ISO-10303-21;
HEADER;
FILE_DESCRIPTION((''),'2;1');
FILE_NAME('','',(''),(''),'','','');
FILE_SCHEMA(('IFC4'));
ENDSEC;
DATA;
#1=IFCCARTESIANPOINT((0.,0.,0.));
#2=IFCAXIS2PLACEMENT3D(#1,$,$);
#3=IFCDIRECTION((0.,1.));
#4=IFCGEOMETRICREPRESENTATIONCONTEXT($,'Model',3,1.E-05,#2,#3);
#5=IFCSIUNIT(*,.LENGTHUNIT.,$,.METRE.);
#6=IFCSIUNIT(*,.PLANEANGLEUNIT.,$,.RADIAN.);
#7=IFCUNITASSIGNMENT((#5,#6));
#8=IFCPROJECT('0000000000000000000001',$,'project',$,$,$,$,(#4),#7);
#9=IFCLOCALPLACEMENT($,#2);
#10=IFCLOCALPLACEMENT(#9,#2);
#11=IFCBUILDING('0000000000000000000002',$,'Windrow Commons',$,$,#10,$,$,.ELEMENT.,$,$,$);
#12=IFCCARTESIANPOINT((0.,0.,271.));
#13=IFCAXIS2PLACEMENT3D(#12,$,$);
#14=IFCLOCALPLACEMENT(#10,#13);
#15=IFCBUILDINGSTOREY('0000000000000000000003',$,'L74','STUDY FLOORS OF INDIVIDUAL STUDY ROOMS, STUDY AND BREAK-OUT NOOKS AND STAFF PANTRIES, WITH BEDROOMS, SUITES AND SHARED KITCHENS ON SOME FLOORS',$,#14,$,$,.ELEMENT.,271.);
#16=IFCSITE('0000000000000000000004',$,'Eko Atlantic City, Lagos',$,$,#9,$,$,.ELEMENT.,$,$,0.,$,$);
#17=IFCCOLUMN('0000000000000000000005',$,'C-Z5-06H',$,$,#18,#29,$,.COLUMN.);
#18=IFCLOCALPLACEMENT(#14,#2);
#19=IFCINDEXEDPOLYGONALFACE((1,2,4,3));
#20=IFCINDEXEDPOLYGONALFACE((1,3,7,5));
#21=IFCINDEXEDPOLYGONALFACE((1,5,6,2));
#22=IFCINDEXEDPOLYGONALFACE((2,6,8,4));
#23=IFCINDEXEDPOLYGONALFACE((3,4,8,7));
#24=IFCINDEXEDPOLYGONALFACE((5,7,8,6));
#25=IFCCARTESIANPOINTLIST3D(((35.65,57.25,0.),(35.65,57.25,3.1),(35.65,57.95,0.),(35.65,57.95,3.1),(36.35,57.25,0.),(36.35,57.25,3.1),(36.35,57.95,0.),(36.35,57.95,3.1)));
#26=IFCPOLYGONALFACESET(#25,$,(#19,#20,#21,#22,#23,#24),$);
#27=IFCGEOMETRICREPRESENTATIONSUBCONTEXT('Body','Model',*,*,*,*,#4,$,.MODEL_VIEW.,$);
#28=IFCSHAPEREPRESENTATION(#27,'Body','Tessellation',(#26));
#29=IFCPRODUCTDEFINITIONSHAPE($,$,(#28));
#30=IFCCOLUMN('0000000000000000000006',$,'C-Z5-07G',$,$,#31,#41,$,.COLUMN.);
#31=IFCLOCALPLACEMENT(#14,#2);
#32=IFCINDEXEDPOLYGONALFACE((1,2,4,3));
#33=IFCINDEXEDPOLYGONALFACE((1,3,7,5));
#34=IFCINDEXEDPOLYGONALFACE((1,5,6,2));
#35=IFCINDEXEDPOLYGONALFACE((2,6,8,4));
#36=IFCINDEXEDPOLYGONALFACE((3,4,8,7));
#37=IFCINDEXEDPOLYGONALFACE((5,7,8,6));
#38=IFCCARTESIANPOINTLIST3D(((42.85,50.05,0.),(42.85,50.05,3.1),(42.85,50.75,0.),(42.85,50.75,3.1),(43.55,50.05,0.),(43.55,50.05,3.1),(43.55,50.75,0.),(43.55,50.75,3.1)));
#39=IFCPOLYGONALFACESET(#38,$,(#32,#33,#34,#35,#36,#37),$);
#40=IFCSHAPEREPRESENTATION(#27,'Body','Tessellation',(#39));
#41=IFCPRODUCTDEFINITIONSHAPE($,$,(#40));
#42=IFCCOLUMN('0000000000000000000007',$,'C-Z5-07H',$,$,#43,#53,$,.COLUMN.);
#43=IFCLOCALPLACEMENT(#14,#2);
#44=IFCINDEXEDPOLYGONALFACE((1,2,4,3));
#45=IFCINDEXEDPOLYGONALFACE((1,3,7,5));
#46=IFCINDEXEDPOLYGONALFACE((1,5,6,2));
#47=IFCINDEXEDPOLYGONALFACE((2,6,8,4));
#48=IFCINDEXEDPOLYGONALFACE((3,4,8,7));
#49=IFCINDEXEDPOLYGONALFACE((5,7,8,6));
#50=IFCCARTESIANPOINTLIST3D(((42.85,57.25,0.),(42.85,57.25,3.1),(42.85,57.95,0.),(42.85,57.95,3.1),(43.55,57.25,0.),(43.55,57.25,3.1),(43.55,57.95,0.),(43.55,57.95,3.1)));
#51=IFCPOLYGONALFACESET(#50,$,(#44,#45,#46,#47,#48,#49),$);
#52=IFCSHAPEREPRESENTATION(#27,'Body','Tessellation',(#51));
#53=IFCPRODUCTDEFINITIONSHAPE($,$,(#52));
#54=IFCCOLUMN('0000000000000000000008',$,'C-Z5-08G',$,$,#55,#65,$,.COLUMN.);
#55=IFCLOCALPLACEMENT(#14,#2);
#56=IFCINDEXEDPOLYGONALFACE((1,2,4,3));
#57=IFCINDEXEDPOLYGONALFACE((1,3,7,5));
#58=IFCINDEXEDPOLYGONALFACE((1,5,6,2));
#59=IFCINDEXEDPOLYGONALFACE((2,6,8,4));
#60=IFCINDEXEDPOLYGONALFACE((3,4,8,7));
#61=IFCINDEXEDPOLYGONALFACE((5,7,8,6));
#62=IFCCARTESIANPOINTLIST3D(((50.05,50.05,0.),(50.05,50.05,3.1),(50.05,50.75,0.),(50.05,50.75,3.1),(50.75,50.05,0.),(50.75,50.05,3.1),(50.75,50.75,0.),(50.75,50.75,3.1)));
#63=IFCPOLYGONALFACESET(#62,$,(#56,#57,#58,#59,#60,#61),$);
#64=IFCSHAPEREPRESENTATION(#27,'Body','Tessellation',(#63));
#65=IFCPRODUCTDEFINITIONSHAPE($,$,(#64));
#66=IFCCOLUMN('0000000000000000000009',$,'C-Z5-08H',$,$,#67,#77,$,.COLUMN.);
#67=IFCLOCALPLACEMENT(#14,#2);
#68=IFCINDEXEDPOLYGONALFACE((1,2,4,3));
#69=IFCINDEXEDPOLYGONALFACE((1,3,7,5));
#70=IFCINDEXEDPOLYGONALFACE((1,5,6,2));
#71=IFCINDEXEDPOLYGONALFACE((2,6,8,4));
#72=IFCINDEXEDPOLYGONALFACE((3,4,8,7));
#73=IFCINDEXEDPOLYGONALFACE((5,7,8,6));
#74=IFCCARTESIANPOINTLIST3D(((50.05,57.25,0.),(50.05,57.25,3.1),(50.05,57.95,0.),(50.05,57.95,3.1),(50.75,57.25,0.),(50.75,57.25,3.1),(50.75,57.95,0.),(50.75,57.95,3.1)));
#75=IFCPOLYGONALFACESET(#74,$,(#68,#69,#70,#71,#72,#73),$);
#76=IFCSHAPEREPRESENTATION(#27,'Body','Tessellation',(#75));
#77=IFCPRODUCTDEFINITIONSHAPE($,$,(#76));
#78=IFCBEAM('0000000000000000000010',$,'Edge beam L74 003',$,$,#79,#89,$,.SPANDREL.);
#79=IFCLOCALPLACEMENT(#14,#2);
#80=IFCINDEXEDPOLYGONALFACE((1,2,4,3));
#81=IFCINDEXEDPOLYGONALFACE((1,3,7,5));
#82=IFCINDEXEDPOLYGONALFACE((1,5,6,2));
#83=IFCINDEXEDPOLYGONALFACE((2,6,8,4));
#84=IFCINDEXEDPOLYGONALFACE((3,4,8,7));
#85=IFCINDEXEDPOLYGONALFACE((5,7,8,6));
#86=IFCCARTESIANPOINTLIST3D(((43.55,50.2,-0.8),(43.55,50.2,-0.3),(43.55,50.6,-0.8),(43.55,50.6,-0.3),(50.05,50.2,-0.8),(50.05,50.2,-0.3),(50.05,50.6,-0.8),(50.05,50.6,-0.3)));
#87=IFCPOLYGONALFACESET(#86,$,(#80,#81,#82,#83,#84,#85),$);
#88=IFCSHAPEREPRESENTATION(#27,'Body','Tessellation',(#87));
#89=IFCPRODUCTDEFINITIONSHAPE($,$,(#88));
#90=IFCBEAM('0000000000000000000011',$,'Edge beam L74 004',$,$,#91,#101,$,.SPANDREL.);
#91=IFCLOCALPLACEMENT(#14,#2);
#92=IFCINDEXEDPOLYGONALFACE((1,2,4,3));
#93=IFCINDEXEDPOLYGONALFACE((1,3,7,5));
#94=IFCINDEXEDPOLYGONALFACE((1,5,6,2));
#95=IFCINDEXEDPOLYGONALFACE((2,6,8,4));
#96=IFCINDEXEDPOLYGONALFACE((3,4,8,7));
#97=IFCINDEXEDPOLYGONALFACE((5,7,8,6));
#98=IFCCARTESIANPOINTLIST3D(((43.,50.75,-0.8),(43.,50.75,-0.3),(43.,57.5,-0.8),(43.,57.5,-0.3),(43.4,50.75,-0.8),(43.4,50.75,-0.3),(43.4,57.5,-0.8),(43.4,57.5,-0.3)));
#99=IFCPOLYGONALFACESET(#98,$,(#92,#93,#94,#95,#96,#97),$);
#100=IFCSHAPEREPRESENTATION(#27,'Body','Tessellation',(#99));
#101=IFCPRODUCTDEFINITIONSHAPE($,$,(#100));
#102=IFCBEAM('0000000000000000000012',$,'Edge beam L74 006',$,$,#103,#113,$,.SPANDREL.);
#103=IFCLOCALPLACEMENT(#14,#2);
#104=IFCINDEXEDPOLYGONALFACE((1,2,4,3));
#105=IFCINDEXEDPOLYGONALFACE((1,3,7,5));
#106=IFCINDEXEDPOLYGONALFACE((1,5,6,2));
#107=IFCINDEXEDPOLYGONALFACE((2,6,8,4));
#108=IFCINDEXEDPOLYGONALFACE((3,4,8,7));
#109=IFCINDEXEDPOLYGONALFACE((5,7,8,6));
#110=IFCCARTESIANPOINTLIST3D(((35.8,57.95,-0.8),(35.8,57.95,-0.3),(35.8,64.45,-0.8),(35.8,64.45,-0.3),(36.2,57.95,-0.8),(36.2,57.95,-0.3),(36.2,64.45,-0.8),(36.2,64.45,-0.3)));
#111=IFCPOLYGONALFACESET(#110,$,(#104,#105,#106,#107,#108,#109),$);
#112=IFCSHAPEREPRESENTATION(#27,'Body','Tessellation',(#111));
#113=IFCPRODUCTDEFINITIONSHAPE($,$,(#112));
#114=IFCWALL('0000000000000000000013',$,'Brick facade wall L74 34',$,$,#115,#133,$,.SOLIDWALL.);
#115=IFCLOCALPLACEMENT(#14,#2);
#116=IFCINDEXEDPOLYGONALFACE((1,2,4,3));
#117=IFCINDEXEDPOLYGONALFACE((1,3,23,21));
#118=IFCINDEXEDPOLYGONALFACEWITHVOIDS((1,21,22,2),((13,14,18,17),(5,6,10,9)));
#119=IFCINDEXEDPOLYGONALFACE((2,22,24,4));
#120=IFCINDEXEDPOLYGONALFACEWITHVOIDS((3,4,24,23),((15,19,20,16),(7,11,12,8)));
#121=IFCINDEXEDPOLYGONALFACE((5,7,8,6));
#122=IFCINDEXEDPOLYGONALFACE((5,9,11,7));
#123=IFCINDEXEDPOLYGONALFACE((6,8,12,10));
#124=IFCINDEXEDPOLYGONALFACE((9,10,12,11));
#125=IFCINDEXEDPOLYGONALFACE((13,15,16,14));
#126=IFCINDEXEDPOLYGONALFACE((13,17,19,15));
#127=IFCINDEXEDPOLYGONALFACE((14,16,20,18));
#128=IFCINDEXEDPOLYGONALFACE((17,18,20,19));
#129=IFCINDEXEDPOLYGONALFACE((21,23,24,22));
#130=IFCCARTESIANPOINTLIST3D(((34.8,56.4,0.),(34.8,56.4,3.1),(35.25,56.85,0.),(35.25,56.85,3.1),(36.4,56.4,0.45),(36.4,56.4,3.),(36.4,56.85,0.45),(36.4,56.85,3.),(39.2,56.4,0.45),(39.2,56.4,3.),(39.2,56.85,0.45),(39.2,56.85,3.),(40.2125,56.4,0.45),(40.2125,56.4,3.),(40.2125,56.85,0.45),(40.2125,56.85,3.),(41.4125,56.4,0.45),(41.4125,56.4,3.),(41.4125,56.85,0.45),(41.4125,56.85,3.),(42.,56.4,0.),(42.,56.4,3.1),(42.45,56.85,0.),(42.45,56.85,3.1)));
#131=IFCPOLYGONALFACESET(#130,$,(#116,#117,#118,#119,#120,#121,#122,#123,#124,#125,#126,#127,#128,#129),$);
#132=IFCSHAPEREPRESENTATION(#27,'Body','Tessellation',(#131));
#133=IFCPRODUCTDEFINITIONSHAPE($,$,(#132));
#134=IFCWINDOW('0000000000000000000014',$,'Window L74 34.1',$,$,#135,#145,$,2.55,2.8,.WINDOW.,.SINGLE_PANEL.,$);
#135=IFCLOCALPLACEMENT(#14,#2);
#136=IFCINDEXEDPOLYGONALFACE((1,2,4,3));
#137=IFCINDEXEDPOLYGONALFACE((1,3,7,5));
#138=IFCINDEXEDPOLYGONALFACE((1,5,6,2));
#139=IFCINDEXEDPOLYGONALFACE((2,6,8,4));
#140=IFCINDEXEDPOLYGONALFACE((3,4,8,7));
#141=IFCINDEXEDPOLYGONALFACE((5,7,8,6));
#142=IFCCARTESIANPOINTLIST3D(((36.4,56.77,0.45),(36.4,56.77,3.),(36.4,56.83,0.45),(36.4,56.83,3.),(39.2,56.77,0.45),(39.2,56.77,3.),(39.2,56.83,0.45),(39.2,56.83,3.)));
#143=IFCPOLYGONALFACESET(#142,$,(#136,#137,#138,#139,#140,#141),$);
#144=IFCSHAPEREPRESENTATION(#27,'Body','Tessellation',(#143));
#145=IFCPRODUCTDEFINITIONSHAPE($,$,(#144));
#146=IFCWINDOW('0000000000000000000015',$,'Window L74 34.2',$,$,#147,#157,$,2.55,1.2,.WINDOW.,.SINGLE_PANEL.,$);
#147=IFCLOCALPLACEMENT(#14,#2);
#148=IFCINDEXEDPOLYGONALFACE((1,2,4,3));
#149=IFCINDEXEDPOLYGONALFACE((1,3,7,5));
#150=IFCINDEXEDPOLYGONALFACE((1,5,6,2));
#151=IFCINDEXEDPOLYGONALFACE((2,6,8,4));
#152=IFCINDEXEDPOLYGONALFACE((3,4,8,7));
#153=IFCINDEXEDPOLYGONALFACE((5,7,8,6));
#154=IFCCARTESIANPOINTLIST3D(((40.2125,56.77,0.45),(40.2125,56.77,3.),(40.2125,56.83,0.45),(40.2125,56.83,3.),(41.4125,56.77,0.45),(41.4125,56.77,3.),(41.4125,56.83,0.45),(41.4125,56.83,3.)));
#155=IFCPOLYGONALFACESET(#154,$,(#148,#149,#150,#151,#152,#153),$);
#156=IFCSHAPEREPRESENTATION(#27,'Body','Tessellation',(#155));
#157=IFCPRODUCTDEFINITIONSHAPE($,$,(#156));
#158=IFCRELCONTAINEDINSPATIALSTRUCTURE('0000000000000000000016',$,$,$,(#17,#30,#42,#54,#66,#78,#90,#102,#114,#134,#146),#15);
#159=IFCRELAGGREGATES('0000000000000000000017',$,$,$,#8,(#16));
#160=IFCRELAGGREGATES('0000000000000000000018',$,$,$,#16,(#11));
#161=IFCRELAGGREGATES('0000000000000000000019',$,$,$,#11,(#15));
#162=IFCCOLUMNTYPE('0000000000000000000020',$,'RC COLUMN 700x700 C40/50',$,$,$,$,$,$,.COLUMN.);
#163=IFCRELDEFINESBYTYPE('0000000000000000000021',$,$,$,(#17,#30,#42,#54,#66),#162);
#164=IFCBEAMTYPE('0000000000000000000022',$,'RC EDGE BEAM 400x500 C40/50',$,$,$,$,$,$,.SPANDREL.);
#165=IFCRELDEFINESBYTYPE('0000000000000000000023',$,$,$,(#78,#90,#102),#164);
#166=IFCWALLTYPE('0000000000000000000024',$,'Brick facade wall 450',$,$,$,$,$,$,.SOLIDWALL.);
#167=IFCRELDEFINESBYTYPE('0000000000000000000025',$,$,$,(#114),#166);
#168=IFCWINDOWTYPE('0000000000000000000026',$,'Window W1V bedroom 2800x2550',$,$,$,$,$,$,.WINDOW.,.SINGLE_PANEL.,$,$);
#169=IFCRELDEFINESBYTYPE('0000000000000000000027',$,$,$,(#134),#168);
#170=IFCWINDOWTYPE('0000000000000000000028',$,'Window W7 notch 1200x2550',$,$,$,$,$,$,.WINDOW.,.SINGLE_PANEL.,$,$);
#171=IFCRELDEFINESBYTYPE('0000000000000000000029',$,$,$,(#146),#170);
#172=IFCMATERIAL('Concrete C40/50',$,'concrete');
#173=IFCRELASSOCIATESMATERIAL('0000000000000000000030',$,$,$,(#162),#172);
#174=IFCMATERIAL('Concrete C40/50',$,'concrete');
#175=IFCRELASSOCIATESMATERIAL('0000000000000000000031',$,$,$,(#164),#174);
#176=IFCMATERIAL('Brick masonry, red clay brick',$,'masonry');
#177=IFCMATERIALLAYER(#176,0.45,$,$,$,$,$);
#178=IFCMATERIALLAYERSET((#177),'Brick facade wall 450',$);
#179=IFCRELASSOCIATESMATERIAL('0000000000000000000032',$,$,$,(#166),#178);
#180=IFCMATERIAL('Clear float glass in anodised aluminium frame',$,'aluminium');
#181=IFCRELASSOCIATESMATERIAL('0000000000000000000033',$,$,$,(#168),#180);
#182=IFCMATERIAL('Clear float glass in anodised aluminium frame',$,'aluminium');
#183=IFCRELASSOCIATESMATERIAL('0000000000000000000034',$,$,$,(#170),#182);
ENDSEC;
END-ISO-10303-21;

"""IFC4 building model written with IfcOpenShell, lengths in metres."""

from ifc_helpers import new_model, si_unit, direction, frame, frame_2d, origin, origin_2d, place, context, subcontext, project, spatial, polyline, rectangle, outline, extrude, material, layer, layer_set, material_profile, profile_set, type_object, element, fill, save


model = new_model("IFC4")

# Units and contexts
model_context = context("Model", 3, precision=1e-05, world=origin(), true_north=direction((0.0, 1.0)))
body_context = subcontext(model_context, "Body", "Model", "MODEL_VIEW")
ifc_project = project(units=[si_unit("LENGTHUNIT", "METRE"), si_unit("PLANEANGLEUNIT", "RADIAN")], contexts=[model_context])

# Site, building, storey
site_placement = place(None, origin())
site = spatial("IfcSite", under=ifc_project, at=site_placement, Name="Eko Atlantic City, Lagos", CompositionType="ELEMENT", RefElevation=0.0)
building_placement = place(site_placement, origin())
building = spatial("IfcBuilding", under=site, at=building_placement, Name="Windrow Commons", CompositionType="ELEMENT")
storey_placement = place(building_placement, frame((0.0, 0.0, 271.0)))
storey = spatial("IfcBuildingStorey", under=building, at=storey_placement, Name="L74", Description="STUDY FLOORS OF INDIVIDUAL STUDY ROOMS, STUDY AND BREAK-OUT NOOKS AND STAFF PANTRIES, WITH BEDROOMS, SUITES AND SHARED KITCHENS ON SOME FLOORS", CompositionType="ELEMENT", Elevation=271.0)

# Columns
ifc_material_1 = material(Name="Concrete C40/50", Category="concrete")
ifc_material_profile_1 = material_profile(ifc_material_1, rectangle(XDim=0.7, YDim=0.7, at=origin_2d()))
ifc_profile_set_1 = profile_set([ifc_material_profile_1], Name="Concrete C40/50")
column_type = type_object("IfcColumnType", Name="RC COLUMN 700x700 C40/50", PredefinedType="COLUMN", material=ifc_profile_set_1)
for number, where, z_axis, x_axis, name in (
    (1, (36.0, 57.6, 0.0), (0.0, 0.0, 1.0), (1.0, 0.0, 0.0), "C-Z5-06H"),
    (2, (43.2, 50.4, 0.0), (0.0, 0.0, 1.0), (1.0, 0.0, 0.0), "C-Z5-07G"),
    (3, (43.2, 57.6, 0.0), (0.0, 0.0, 1.0), (1.0, 0.0, 0.0), "C-Z5-07H"),
    (4, (50.4, 50.4, 0.0), (0.0, 0.0, 1.0), (1.0, 0.0, 0.0), "C-Z5-08G"),
    (5, (50.4, 57.6, 0.0), (0.0, 0.0, 1.0), (1.0, 0.0, 0.0), "C-Z5-08H"),
):
    element("IfcColumn", number, at=place(storey_placement, frame(where, z_axis=z_axis, x_axis=x_axis)), inside=storey, type_object=column_type, Name=name, PredefinedType="COLUMN", context=body_context, shape_type="SweptSolid", body=[
        extrude(rectangle(XDim=0.7, YDim=0.7, at=origin_2d()), origin(), (0.0, 0.0, 1.0), 3.1),
    ])

# Beams
ifc_material_2 = material(Name="Concrete C40/50", Category="concrete")
ifc_material_profile_2 = material_profile(ifc_material_2, rectangle(XDim=0.4, YDim=0.5, at=origin_2d()))
ifc_profile_set_2 = profile_set([ifc_material_profile_2], Name="Concrete C40/50")
beam_type = type_object("IfcBeamType", Name="RC EDGE BEAM 400x500 C40/50", PredefinedType="SPANDREL", material=ifc_profile_set_2)
beam_1_placement = place(storey_placement, frame((50.05, 50.4, -0.55), z_axis=(-1.0, 0.0, 0.0), x_axis=(0.0, -1.0, 0.0)))
element("IfcBeam", 6, at=beam_1_placement, inside=storey, type_object=beam_type, Name="Edge beam L74 003", PredefinedType="SPANDREL", context=body_context, shape_type="SweptSolid", body=[
    extrude(rectangle(XDim=0.4, YDim=0.5, at=origin_2d()), origin(), (0.0, 0.0, 1.0), 6.5),
])
beam_2_placement = place(storey_placement, frame((43.2, 50.75, -0.55), z_axis=(0.0, 1.0, 0.0), x_axis=(-1.0, 0.0, 0.0)))
element("IfcBeam", 7, at=beam_2_placement, inside=storey, type_object=beam_type, Name="Edge beam L74 004", PredefinedType="SPANDREL", context=body_context, shape_type="SweptSolid", body=[
    extrude(rectangle(XDim=0.4, YDim=0.5, at=origin_2d()), origin(), (0.0, 0.0, 1.0), 6.75),
])
beam_3_placement = place(storey_placement, frame((36.0, 57.95, -0.55), z_axis=(0.0, 1.0, 0.0), x_axis=(-1.0, 0.0, 0.0)))
element("IfcBeam", 8, at=beam_3_placement, inside=storey, type_object=beam_type, Name="Edge beam L74 006", PredefinedType="SPANDREL", context=body_context, shape_type="SweptSolid", body=[
    extrude(rectangle(XDim=0.4, YDim=0.5, at=origin_2d()), origin(), (0.0, 0.0, 1.0), 6.5),
])

# Wall, openings, windows
ifc_material_3 = material(Name="Brick masonry, red clay brick", Category="masonry")
ifc_layer_1 = layer(ifc_material_3, 0.45)
ifc_layer_set_1 = layer_set([ifc_layer_1], Name="Brick facade wall 450")
wall_type_1 = type_object("IfcWallType", Name="Brick facade wall 450", PredefinedType="SOLIDWALL", material=ifc_layer_set_1)
wall_1_placement = place(storey_placement, frame((35.025, 56.625, 0.0), z_axis=(0.0, 0.0, 1.0), x_axis=(1.0, 0.0, 0.0)))
wall_1 = element("IfcWall", 9, at=wall_1_placement, inside=storey, type_object=wall_type_1, Name="Brick facade wall L74 34", PredefinedType="SOLIDWALL", context=body_context, shape_type="SweptSolid", body=[
    extrude(outline(polyline([(-0.225, -0.225), (6.975, -0.225), (7.425, 0.225), (0.225, 0.225), (-0.225, -0.225)])), origin(), (0.0, 0.0, 1.0), 3.1),
])
opening_1_placement = place(wall_1_placement, frame((1.375, 0.0, 0.45)))
opening_1 = element("IfcOpeningElement", 10, at=opening_1_placement, cuts=wall_1, PredefinedType="OPENING", context=body_context, shape_type="SweptSolid", body=[
    extrude(rectangle(XDim=2.8, YDim=2.55, at=frame_2d((1.4, 1.275))), frame((0.0, 0.235, 0.0), z_axis=(0.0, -1.0, 0.0), x_axis=(1.0, 0.0, 0.0)), (0.0, 0.0, 1.0), 0.47),
])
opening_2_placement = place(wall_1_placement, frame((5.1875, 0.0, 0.45)))
opening_2 = element("IfcOpeningElement", 11, at=opening_2_placement, cuts=wall_1, PredefinedType="OPENING", context=body_context, shape_type="SweptSolid", body=[
    extrude(rectangle(XDim=1.2, YDim=2.55, at=frame_2d((0.6, 1.275))), frame((0.0, 0.235, 0.0), z_axis=(0.0, -1.0, 0.0), x_axis=(1.0, 0.0, 0.0)), (0.0, 0.0, 1.0), 0.47),
])
ifc_material_4 = material(Name="Clear float glass in anodised aluminium frame", Category="aluminium")
window_type_1 = type_object("IfcWindowType", Name="Window W1V bedroom 2800x2550", PartitioningType="SINGLE_PANEL", PredefinedType="WINDOW", material=ifc_material_4)
window_1_placement = place(opening_1_placement, origin())
window_1 = element("IfcWindow", 12, at=window_1_placement, inside=storey, type_object=window_type_1, Name="Window L74 34.1", OverallHeight=2.55, OverallWidth=2.8, PartitioningType="SINGLE_PANEL", PredefinedType="WINDOW", context=body_context, shape_type="SweptSolid", body=[
    extrude(rectangle(XDim=2.8, YDim=2.55, at=frame_2d((1.4, 1.275))), frame((0.0, 0.205, 0.0), z_axis=(0.0, -1.0, 0.0), x_axis=(1.0, 0.0, 0.0)), (0.0, 0.0, 1.0), 0.06),
])
fill(opening_1, window_1)
ifc_material_5 = material(Name="Clear float glass in anodised aluminium frame", Category="aluminium")
window_type_2 = type_object("IfcWindowType", Name="Window W7 notch 1200x2550", PartitioningType="SINGLE_PANEL", PredefinedType="WINDOW", material=ifc_material_5)
window_2_placement = place(opening_2_placement, origin())
window_2 = element("IfcWindow", 13, at=window_2_placement, inside=storey, type_object=window_type_2, Name="Window L74 34.2", OverallHeight=2.55, OverallWidth=1.2, PartitioningType="SINGLE_PANEL", PredefinedType="WINDOW", context=body_context, shape_type="SweptSolid", body=[
    extrude(rectangle(XDim=1.2, YDim=2.55, at=frame_2d((0.6, 1.275))), frame((0.0, 0.205, 0.0), z_axis=(0.0, -1.0, 0.0), x_axis=(1.0, 0.0, 0.0)), (0.0, 0.0, 1.0), 0.06),
])
fill(opening_2, window_2)

save(model, "model.ifc")
